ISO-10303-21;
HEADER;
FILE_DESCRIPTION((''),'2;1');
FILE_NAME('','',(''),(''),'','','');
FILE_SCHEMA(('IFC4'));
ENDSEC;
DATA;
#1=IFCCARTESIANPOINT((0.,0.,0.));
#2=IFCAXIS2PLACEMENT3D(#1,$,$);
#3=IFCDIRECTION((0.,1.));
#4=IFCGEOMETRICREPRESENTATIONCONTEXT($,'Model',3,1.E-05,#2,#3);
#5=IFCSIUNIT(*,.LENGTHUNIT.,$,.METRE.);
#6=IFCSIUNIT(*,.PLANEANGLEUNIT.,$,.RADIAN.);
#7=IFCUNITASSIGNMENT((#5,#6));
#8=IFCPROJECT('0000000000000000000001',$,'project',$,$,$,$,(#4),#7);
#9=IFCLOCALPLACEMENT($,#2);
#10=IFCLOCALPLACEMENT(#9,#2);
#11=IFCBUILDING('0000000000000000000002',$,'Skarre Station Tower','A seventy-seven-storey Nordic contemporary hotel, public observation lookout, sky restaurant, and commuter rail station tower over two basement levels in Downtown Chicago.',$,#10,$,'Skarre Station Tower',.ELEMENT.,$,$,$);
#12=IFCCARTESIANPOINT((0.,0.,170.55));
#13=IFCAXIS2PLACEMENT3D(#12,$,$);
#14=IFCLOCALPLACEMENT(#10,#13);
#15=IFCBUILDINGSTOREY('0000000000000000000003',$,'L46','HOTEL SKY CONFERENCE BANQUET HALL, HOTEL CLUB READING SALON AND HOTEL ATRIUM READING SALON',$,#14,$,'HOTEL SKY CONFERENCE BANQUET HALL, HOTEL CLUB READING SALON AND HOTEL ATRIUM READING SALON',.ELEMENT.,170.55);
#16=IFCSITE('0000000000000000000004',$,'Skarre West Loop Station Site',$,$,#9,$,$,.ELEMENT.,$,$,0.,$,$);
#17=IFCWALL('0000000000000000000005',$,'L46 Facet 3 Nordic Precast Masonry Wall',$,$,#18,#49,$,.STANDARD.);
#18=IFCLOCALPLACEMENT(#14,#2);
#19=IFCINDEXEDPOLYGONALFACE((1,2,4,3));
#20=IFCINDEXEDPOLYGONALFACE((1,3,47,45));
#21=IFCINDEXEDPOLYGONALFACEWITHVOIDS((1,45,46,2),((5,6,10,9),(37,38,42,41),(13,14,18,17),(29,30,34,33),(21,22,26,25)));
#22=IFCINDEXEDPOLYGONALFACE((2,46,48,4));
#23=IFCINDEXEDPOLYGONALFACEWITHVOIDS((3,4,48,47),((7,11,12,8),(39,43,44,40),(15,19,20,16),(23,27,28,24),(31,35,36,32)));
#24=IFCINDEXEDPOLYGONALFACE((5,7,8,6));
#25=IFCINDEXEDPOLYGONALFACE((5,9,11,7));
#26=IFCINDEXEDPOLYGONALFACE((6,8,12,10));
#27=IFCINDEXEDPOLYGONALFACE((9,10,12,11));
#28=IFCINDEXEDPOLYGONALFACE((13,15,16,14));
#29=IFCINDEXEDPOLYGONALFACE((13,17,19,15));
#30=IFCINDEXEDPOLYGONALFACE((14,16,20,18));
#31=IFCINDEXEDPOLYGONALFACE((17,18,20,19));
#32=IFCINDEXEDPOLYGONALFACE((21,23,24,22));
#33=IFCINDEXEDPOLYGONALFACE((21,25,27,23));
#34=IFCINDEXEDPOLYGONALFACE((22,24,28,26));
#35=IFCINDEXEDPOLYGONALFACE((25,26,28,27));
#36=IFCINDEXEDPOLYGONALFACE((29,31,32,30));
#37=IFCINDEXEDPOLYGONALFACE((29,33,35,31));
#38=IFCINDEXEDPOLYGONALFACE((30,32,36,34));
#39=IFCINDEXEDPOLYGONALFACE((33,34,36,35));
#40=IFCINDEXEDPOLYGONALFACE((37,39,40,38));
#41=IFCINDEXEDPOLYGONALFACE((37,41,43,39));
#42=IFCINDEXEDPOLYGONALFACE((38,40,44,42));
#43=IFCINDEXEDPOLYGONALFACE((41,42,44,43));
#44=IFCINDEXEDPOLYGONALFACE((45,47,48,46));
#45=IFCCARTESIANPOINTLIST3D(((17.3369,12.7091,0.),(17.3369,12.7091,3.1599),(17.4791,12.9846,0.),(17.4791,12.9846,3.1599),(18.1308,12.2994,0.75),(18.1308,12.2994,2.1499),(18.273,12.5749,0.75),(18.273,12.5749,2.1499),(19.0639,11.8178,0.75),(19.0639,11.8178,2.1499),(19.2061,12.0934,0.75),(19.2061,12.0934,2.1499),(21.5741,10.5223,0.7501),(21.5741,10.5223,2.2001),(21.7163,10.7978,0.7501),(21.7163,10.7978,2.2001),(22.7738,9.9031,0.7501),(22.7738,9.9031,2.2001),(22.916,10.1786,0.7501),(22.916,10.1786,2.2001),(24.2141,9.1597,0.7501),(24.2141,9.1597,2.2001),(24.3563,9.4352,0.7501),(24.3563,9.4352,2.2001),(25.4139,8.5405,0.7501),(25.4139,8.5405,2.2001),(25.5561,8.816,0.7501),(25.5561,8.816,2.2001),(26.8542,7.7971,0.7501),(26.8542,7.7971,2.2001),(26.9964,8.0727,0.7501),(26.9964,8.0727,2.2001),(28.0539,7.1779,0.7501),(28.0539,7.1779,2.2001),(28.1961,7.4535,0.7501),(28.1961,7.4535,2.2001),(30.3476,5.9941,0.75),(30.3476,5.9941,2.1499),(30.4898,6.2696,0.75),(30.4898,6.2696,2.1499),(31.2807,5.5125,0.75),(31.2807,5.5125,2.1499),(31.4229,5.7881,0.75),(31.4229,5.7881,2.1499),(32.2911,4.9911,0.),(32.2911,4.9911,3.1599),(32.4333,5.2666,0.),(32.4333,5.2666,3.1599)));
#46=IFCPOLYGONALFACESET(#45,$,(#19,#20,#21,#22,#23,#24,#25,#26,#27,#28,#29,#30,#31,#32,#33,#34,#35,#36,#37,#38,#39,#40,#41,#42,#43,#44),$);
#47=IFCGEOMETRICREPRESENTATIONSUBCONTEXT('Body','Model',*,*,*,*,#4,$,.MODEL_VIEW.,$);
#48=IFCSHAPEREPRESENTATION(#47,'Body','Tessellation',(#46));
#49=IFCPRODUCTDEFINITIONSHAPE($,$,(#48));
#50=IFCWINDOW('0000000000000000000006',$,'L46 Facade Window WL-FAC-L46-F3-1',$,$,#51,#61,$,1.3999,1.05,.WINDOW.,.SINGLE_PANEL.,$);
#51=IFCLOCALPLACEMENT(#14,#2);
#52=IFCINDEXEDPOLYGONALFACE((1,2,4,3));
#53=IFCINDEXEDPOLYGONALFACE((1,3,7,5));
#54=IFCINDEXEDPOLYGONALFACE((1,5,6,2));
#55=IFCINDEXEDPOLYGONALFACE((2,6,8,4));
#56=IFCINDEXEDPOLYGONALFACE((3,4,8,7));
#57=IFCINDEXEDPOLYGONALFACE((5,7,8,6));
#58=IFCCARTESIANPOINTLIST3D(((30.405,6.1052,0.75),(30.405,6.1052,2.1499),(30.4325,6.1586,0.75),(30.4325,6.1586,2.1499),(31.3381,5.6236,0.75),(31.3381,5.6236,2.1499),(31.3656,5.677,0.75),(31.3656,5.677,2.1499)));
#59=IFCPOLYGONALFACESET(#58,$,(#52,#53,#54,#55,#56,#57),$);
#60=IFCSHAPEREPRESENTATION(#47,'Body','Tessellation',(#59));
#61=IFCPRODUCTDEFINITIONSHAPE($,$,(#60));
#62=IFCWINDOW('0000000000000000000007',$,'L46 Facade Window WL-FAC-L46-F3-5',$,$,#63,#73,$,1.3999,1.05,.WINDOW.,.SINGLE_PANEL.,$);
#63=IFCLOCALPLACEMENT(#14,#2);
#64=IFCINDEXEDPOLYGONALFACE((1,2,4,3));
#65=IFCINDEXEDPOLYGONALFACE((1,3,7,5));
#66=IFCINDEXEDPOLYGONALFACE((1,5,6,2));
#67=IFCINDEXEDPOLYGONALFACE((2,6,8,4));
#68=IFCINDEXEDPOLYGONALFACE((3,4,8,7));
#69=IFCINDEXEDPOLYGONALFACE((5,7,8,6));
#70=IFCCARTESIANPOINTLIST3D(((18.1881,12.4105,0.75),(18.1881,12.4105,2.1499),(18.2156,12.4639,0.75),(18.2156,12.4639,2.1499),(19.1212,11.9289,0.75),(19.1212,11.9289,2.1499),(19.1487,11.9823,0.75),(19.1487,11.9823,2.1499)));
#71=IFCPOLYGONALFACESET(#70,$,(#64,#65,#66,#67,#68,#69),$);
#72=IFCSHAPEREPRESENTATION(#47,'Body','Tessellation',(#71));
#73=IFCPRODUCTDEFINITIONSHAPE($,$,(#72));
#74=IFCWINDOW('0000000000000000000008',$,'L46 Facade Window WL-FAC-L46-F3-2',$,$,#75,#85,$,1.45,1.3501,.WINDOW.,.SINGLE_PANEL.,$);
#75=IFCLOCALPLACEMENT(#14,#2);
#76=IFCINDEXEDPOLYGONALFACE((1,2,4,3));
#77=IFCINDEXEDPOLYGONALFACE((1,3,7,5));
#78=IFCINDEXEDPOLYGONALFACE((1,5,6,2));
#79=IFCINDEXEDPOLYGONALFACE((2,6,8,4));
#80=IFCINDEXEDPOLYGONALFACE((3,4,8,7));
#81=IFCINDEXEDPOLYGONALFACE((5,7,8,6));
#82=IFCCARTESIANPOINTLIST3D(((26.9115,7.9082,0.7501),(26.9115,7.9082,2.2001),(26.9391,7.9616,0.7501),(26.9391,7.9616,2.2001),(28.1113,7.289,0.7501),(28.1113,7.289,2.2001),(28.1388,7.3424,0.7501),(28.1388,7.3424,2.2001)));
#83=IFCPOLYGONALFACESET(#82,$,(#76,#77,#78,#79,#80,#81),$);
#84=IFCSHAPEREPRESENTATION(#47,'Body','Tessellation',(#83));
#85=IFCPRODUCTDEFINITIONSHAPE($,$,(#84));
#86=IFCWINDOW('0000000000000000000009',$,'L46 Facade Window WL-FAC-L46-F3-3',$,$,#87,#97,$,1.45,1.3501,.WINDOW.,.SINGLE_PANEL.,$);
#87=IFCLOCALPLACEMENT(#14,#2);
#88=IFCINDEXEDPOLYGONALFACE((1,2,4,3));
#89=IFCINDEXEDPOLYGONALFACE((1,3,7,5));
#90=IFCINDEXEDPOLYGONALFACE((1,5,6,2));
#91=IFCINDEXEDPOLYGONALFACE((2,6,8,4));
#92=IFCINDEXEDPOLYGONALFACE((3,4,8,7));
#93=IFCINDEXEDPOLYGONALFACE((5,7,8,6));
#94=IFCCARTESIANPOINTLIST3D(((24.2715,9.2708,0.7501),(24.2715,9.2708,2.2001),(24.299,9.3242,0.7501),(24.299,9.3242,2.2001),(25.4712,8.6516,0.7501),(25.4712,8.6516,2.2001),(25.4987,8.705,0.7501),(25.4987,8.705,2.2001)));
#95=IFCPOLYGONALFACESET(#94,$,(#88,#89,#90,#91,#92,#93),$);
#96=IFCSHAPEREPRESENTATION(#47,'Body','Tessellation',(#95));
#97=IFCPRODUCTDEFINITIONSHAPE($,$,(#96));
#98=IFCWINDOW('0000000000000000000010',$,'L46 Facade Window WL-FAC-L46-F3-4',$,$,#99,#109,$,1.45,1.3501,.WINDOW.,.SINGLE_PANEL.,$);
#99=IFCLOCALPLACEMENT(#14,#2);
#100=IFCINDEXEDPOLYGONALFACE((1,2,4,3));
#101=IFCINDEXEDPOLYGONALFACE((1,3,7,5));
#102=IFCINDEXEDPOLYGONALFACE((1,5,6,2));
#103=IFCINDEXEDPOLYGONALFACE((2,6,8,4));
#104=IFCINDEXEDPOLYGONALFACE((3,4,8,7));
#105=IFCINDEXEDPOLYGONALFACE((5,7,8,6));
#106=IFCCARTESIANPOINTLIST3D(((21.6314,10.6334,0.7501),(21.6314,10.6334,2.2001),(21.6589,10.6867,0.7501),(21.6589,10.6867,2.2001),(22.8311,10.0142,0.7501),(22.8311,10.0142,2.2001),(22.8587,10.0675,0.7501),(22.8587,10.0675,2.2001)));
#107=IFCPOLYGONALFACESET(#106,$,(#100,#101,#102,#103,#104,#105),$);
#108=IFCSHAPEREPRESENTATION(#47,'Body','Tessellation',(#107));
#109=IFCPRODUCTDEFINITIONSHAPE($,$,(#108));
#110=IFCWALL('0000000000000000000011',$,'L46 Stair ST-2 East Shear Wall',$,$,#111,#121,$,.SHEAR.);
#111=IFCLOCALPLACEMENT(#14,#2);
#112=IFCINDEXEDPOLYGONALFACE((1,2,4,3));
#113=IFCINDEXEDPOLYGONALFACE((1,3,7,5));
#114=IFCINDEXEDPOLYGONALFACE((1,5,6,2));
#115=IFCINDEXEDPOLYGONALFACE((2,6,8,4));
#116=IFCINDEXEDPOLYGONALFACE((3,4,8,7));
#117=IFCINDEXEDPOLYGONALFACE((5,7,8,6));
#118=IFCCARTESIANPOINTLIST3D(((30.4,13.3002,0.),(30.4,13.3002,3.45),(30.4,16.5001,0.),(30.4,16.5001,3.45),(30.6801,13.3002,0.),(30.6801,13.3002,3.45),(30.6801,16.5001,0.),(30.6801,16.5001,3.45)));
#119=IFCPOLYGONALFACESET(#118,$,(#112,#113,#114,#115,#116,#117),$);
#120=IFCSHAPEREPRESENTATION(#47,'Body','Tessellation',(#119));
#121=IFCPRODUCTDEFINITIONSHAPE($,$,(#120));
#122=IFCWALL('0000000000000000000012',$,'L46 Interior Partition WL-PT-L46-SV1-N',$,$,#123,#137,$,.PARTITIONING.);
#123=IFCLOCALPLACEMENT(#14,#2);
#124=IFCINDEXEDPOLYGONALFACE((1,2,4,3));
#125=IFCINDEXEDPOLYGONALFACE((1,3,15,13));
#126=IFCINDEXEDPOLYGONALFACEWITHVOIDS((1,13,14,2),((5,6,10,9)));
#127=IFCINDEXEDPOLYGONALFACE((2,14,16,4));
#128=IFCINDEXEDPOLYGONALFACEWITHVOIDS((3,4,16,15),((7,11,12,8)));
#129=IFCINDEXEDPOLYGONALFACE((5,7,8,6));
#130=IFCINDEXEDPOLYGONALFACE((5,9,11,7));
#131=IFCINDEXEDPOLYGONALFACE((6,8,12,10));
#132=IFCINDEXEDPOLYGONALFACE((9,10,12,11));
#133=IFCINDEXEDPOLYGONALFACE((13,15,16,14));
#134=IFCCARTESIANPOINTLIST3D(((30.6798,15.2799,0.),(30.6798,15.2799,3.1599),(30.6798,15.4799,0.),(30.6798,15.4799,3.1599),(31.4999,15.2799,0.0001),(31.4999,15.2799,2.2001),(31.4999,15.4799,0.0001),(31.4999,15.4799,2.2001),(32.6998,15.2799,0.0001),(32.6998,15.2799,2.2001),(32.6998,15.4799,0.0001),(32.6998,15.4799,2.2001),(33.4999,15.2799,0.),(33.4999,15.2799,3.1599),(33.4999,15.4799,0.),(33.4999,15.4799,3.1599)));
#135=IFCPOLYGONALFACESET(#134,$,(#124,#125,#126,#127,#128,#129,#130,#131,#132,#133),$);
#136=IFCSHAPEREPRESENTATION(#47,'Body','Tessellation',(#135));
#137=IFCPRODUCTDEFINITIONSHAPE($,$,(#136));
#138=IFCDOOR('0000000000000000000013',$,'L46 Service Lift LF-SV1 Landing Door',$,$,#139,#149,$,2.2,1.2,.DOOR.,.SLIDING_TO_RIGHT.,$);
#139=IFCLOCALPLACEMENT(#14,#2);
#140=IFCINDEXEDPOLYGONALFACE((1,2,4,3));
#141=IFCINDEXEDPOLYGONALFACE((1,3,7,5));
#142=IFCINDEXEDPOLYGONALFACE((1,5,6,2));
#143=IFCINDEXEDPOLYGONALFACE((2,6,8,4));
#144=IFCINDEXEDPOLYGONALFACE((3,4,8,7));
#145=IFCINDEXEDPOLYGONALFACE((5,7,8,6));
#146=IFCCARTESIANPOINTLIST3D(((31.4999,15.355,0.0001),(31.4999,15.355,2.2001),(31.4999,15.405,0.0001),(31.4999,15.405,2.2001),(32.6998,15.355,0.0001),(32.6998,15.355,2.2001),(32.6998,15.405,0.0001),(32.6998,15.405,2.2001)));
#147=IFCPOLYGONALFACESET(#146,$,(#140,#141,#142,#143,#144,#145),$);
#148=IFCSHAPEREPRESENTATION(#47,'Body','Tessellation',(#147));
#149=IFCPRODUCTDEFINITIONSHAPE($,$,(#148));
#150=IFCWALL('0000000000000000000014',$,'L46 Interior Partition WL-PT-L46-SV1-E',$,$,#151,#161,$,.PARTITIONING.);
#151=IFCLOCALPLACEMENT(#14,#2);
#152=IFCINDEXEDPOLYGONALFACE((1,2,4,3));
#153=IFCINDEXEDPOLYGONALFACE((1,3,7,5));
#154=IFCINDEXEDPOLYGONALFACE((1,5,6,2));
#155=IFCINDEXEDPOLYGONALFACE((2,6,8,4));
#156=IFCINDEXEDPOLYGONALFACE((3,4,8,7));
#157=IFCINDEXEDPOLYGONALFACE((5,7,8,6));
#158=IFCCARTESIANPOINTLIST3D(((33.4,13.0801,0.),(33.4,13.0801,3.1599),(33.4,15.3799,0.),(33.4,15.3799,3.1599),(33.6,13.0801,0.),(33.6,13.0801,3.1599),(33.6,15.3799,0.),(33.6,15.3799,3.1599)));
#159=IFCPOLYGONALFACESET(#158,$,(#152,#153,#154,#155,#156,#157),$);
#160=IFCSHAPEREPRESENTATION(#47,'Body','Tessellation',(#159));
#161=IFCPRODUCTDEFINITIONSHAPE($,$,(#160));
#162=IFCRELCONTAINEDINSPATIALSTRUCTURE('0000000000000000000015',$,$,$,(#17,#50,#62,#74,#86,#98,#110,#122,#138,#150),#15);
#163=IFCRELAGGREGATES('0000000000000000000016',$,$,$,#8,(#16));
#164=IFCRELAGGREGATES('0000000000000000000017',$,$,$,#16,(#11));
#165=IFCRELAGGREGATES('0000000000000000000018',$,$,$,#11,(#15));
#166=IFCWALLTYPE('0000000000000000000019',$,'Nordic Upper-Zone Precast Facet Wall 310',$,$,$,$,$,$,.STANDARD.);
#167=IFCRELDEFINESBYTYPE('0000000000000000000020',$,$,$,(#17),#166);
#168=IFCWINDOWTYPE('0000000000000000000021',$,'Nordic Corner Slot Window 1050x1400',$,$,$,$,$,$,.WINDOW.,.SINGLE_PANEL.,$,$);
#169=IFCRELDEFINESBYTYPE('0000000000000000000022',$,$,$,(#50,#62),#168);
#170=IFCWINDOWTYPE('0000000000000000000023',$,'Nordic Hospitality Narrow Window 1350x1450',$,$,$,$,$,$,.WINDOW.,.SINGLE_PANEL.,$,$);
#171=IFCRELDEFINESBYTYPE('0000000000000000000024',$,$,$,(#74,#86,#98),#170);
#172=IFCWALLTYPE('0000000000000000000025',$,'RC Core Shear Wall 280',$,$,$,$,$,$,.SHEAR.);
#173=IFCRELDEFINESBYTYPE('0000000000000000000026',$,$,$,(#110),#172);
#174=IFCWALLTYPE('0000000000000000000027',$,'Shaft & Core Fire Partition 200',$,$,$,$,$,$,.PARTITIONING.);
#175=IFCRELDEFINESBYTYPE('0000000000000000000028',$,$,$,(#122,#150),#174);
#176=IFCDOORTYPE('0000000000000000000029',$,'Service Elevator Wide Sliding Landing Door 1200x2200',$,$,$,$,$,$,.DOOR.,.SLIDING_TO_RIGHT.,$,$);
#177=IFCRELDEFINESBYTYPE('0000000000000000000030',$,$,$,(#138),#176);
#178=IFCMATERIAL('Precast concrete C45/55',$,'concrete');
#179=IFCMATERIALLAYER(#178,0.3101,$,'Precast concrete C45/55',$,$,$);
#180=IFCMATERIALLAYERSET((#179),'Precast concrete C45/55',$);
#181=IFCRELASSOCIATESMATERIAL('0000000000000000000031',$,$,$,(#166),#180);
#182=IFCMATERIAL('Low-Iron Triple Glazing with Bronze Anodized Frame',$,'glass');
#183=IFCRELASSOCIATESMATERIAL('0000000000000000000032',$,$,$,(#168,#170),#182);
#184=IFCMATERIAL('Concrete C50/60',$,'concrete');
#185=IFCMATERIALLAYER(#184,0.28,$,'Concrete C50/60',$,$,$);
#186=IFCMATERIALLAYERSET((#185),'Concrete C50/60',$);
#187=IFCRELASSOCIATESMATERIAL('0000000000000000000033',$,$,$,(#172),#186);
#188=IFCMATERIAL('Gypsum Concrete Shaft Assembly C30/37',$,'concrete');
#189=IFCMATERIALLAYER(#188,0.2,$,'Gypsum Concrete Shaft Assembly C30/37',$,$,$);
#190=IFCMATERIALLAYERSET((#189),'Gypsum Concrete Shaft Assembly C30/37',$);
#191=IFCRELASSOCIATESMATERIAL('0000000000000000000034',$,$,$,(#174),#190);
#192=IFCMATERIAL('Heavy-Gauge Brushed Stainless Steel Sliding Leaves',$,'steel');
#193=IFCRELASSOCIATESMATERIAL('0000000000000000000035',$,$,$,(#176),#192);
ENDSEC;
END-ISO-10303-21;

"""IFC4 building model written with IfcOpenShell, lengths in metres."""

from ifc_helpers import new_model, si_unit, direction, frame, frame_2d, origin, place, context, subcontext, project, spatial, rectangle, extrude, material, layer, layer_set, type_object, element, fill, save


model = new_model("IFC4")

# Units and contexts
model_context = context("Model", 3, precision=1e-05, world=origin(), true_north=direction((0.0, 1.0)))
body_context = subcontext(model_context, "Body", "Model", "MODEL_VIEW")
ifc_project = project(units=[si_unit("LENGTHUNIT", "METRE"), si_unit("PLANEANGLEUNIT", "RADIAN")], contexts=[model_context])

# Site, building, storey
site_placement = place(None, origin())
site = spatial("IfcSite", under=ifc_project, at=site_placement, Name="Skarre West Loop Station Site", CompositionType="ELEMENT", RefElevation=0.0)
building_placement = place(site_placement, origin())
building = spatial("IfcBuilding", under=site, at=building_placement, Name="Skarre Station Tower", Description="A seventy-seven-storey Nordic contemporary hotel, public observation lookout, sky restaurant, and commuter rail station tower over two basement levels in Downtown Chicago.", LongName="Skarre Station Tower", CompositionType="ELEMENT")
storey_placement = place(building_placement, frame((0.0, 0.0, 170.55)))
storey = spatial("IfcBuildingStorey", under=building, at=storey_placement, Name="L46", Description="HOTEL SKY CONFERENCE BANQUET HALL, HOTEL CLUB READING SALON AND HOTEL ATRIUM READING SALON", LongName="HOTEL SKY CONFERENCE BANQUET HALL, HOTEL CLUB READING SALON AND HOTEL ATRIUM READING SALON", CompositionType="ELEMENT", Elevation=170.55)

# Shared definitions
ifc_material_1 = material(Name="Precast concrete C45/55", Category="concrete")

# Wall, openings, windows
ifc_layer_1 = layer(ifc_material_1, 0.3101, Name="Precast concrete C45/55")
ifc_layer_set_1 = layer_set([ifc_layer_1], Name="Precast concrete C45/55")
wall_type_1 = type_object("IfcWallType", Name="Nordic Upper-Zone Precast Facet Wall 310", PredefinedType="STANDARD", material=ifc_layer_set_1)
wall_1_placement = place(storey_placement, frame((32.3621, 5.1289, 0.0), z_axis=(0.0, 0.0, 1.0), x_axis=(-0.888626, 0.458632, 0.0)))
wall_1 = element("IfcWall", 1, at=wall_1_placement, inside=storey, type_object=wall_type_1, Name="L46 Facet 3 Nordic Precast Masonry Wall", PredefinedType="STANDARD", context=body_context, shape_type="SweptSolid", body=[
    extrude(rectangle(XDim=16.8284, YDim=0.3101, at=frame_2d((8.4141, 0.0))), origin(), (0.0, 0.0, 1.0), 3.1599),
])
opening_1_placement = place(wall_1_placement, frame((1.137, 0.0, 0.75)))
opening_1 = element("IfcOpeningElement", 2, at=opening_1_placement, cuts=wall_1, PredefinedType="OPENING", context=body_context, shape_type="SweptSolid", body=[
    extrude(rectangle(XDim=1.05, YDim=1.3999, at=frame_2d((0.5249, 0.7))), frame((0.0, 0.165, 0.0), z_axis=(0.0, -1.0, 0.0), x_axis=(1.0, 0.0, 0.0)), (0.0, 0.0, 1.0), 0.3301),
])
opening_2_placement = place(wall_1_placement, frame((4.7681, 0.0, 0.75)))
opening_2 = element("IfcOpeningElement", 3, at=opening_2_placement, cuts=wall_1, PredefinedType="OPENING", context=body_context, shape_type="SweptSolid", body=[
    extrude(rectangle(XDim=1.3501, YDim=1.45, at=frame_2d((0.675, 0.7251))), frame((0.0, 0.165, 0.0), z_axis=(0.0, -1.0, 0.0), x_axis=(1.0, 0.0, 0.0)), (0.0, 0.0, 1.0), 0.3301),
])
opening_3_placement = place(wall_1_placement, frame((7.739, 0.0, 0.75)))
opening_3 = element("IfcOpeningElement", 4, at=opening_3_placement, cuts=wall_1, PredefinedType="OPENING", context=body_context, shape_type="SweptSolid", body=[
    extrude(rectangle(XDim=1.3501, YDim=1.45, at=frame_2d((0.675, 0.7251))), frame((0.0, 0.165, 0.0), z_axis=(0.0, -1.0, 0.0), x_axis=(1.0, 0.0, 0.0)), (0.0, 0.0, 1.0), 0.3301),
])
opening_4_placement = place(wall_1_placement, frame((10.71, 0.0, 0.75)))
opening_4 = element("IfcOpeningElement", 5, at=opening_4_placement, cuts=wall_1, PredefinedType="OPENING", context=body_context, shape_type="SweptSolid", body=[
    extrude(rectangle(XDim=1.3501, YDim=1.45, at=frame_2d((0.675, 0.7251))), frame((0.0, 0.165, 0.0), z_axis=(0.0, -1.0, 0.0), x_axis=(1.0, 0.0, 0.0)), (0.0, 0.0, 1.0), 0.3301),
])
opening_5_placement = place(wall_1_placement, frame((14.885, 0.0, 0.75)))
opening_5 = element("IfcOpeningElement", 6, at=opening_5_placement, cuts=wall_1, PredefinedType="OPENING", context=body_context, shape_type="SweptSolid", body=[
    extrude(rectangle(XDim=1.05, YDim=1.3999, at=frame_2d((0.5249, 0.7))), frame((0.0, 0.165, 0.0), z_axis=(0.0, -1.0, 0.0), x_axis=(1.0, 0.0, 0.0)), (0.0, 0.0, 1.0), 0.3301),
])
ifc_material_2 = material(Name="Low-Iron Triple Glazing with Bronze Anodized Frame", Category="glass")
window_type_1 = type_object("IfcWindowType", Name="Nordic Corner Slot Window 1050x1400", PartitioningType="SINGLE_PANEL", PredefinedType="WINDOW", material=ifc_material_2)
window_1_placement = place(opening_1_placement, origin())
window_1 = element("IfcWindow", 7, at=window_1_placement, inside=storey, type_object=window_type_1, Name="L46 Facade Window WL-FAC-L46-F3-1", OverallHeight=1.3999, OverallWidth=1.05, PartitioningType="SINGLE_PANEL", PredefinedType="WINDOW", context=body_context, shape_type="SweptSolid", body=[
    extrude(rectangle(XDim=1.05, YDim=1.3999, at=frame_2d((0.5249, 0.7))), frame((0.0, 0.03, 0.0), z_axis=(0.0, -1.0, 0.0), x_axis=(1.0, 0.0, 0.0)), (0.0, 0.0, 1.0), 0.0601),
])
fill(opening_1, window_1)
window_2_placement = place(opening_5_placement, origin())
window_2 = element("IfcWindow", 8, at=window_2_placement, inside=storey, type_object=window_type_1, Name="L46 Facade Window WL-FAC-L46-F3-5", OverallHeight=1.3999, OverallWidth=1.05, PartitioningType="SINGLE_PANEL", PredefinedType="WINDOW", context=body_context, shape_type="SweptSolid", body=[
    extrude(rectangle(XDim=1.05, YDim=1.3999, at=frame_2d((0.5249, 0.7))), frame((0.0, 0.03, 0.0), z_axis=(0.0, -1.0, 0.0), x_axis=(1.0, 0.0, 0.0)), (0.0, 0.0, 1.0), 0.0601),
])
fill(opening_5, window_2)
window_type_2 = type_object("IfcWindowType", Name="Nordic Hospitality Narrow Window 1350x1450", PartitioningType="SINGLE_PANEL", PredefinedType="WINDOW", material=ifc_material_2)
window_3_placement = place(opening_2_placement, origin())
window_3 = element("IfcWindow", 9, at=window_3_placement, inside=storey, type_object=window_type_2, Name="L46 Facade Window WL-FAC-L46-F3-2", OverallHeight=1.45, OverallWidth=1.3501, PartitioningType="SINGLE_PANEL", PredefinedType="WINDOW", context=body_context, shape_type="SweptSolid", body=[
    extrude(rectangle(XDim=1.3501, YDim=1.45, at=frame_2d((0.675, 0.7251))), frame((0.0, 0.03, 0.0), z_axis=(0.0, -1.0, 0.0), x_axis=(1.0, 0.0, 0.0)), (0.0, 0.0, 1.0), 0.0601),
])
fill(opening_2, window_3)
window_4_placement = place(opening_3_placement, origin())
window_4 = element("IfcWindow", 10, at=window_4_placement, inside=storey, type_object=window_type_2, Name="L46 Facade Window WL-FAC-L46-F3-3", OverallHeight=1.45, OverallWidth=1.3501, PartitioningType="SINGLE_PANEL", PredefinedType="WINDOW", context=body_context, shape_type="SweptSolid", body=[
    extrude(rectangle(XDim=1.3501, YDim=1.45, at=frame_2d((0.675, 0.7251))), frame((0.0, 0.03, 0.0), z_axis=(0.0, -1.0, 0.0), x_axis=(1.0, 0.0, 0.0)), (0.0, 0.0, 1.0), 0.0601),
])
fill(opening_3, window_4)
window_5_placement = place(opening_4_placement, origin())
window_5 = element("IfcWindow", 11, at=window_5_placement, inside=storey, type_object=window_type_2, Name="L46 Facade Window WL-FAC-L46-F3-4", OverallHeight=1.45, OverallWidth=1.3501, PartitioningType="SINGLE_PANEL", PredefinedType="WINDOW", context=body_context, shape_type="SweptSolid", body=[
    extrude(rectangle(XDim=1.3501, YDim=1.45, at=frame_2d((0.675, 0.7251))), frame((0.0, 0.03, 0.0), z_axis=(0.0, -1.0, 0.0), x_axis=(1.0, 0.0, 0.0)), (0.0, 0.0, 1.0), 0.0601),
])
fill(opening_4, window_5)

# Wall
ifc_material_3 = material(Name="Concrete C50/60", Category="concrete")
ifc_layer_2 = layer(ifc_material_3, 0.28, Name="Concrete C50/60")
ifc_layer_set_2 = layer_set([ifc_layer_2], Name="Concrete C50/60")
wall_type_2 = type_object("IfcWallType", Name="RC Core Shear Wall 280", PredefinedType="SHEAR", material=ifc_layer_set_2)
wall_2_placement = place(storey_placement, frame((30.54, 13.3, 0.0), z_axis=(0.0, 0.0, 1.0), x_axis=(0.0, 1.0, 0.0)))
element("IfcWall", 12, at=wall_2_placement, inside=storey, type_object=wall_type_2, Name="L46 Stair ST-2 East Shear Wall", PredefinedType="SHEAR", context=body_context, shape_type="SweptSolid", body=[
    extrude(rectangle(XDim=3.2, YDim=0.28, at=frame_2d((1.6001, 0.0))), origin(), (0.0, 0.0, 1.0), 3.45),
])

# Wall, opening, door
ifc_material_4 = material(Name="Gypsum Concrete Shaft Assembly C30/37", Category="concrete")
ifc_layer_3 = layer(ifc_material_4, 0.2, Name="Gypsum Concrete Shaft Assembly C30/37")
ifc_layer_set_3 = layer_set([ifc_layer_3], Name="Gypsum Concrete Shaft Assembly C30/37")
wall_type_3 = type_object("IfcWallType", Name="Shaft & Core Fire Partition 200", PredefinedType="PARTITIONING", material=ifc_layer_set_3)
wall_3_placement = place(storey_placement, frame((33.5, 15.3799, 0.0), z_axis=(0.0, 0.0, 1.0), x_axis=(-1.0, 0.0, 0.0)))
wall_3 = element("IfcWall", 13, at=wall_3_placement, inside=storey, type_object=wall_type_3, Name="L46 Interior Partition WL-PT-L46-SV1-N", PredefinedType="PARTITIONING", context=body_context, shape_type="SweptSolid", body=[
    extrude(rectangle(XDim=2.8201, YDim=0.2, at=frame_2d((1.4102, 0.0))), origin(), (0.0, 0.0, 1.0), 3.1599),
])
opening_6_placement = place(wall_3_placement, frame((0.8, 0.0, 0.0)))
opening_6 = element("IfcOpeningElement", 14, at=opening_6_placement, cuts=wall_3, PredefinedType="OPENING", context=body_context, shape_type="SweptSolid", body=[
    extrude(rectangle(XDim=1.2, YDim=2.2, at=frame_2d((0.6001, 1.1001))), frame((0.0, 0.1099, 0.0), z_axis=(0.0, -1.0, 0.0), x_axis=(1.0, 0.0, 0.0)), (0.0, 0.0, 1.0), 0.22),
])
ifc_material_5 = material(Name="Heavy-Gauge Brushed Stainless Steel Sliding Leaves", Category="steel")
door_type_1 = type_object("IfcDoorType", Name="Service Elevator Wide Sliding Landing Door 1200x2200", OperationType="SLIDING_TO_RIGHT", PredefinedType="DOOR", material=ifc_material_5)
door_1_placement = place(opening_6_placement, origin())
door_1 = element("IfcDoor", 15, at=door_1_placement, inside=storey, type_object=door_type_1, Name="L46 Service Lift LF-SV1 Landing Door", OperationType="SLIDING_TO_RIGHT", OverallHeight=2.2, OverallWidth=1.2, PredefinedType="DOOR", context=body_context, shape_type="SweptSolid", body=[
    extrude(rectangle(XDim=1.2, YDim=2.2, at=frame_2d((0.6001, 1.1001))), frame((0.0, 0.0249, 0.0), z_axis=(0.0, -1.0, 0.0), x_axis=(1.0, 0.0, 0.0)), (0.0, 0.0, 1.0), 0.05),
])
fill(opening_6, door_1)

# Wall
wall_4_placement = place(storey_placement, frame((33.5, 13.0801, 0.0), z_axis=(0.0, 0.0, 1.0), x_axis=(0.0, 1.0, 0.0)))
element("IfcWall", 16, at=wall_4_placement, inside=storey, type_object=wall_type_3, Name="L46 Interior Partition WL-PT-L46-SV1-E", PredefinedType="PARTITIONING", context=body_context, shape_type="SweptSolid", body=[
    extrude(rectangle(XDim=2.2998, YDim=0.2, at=frame_2d((1.1499, 0.0))), origin(), (0.0, 0.0, 1.0), 3.1599),
])

save(model, "model.ifc")
